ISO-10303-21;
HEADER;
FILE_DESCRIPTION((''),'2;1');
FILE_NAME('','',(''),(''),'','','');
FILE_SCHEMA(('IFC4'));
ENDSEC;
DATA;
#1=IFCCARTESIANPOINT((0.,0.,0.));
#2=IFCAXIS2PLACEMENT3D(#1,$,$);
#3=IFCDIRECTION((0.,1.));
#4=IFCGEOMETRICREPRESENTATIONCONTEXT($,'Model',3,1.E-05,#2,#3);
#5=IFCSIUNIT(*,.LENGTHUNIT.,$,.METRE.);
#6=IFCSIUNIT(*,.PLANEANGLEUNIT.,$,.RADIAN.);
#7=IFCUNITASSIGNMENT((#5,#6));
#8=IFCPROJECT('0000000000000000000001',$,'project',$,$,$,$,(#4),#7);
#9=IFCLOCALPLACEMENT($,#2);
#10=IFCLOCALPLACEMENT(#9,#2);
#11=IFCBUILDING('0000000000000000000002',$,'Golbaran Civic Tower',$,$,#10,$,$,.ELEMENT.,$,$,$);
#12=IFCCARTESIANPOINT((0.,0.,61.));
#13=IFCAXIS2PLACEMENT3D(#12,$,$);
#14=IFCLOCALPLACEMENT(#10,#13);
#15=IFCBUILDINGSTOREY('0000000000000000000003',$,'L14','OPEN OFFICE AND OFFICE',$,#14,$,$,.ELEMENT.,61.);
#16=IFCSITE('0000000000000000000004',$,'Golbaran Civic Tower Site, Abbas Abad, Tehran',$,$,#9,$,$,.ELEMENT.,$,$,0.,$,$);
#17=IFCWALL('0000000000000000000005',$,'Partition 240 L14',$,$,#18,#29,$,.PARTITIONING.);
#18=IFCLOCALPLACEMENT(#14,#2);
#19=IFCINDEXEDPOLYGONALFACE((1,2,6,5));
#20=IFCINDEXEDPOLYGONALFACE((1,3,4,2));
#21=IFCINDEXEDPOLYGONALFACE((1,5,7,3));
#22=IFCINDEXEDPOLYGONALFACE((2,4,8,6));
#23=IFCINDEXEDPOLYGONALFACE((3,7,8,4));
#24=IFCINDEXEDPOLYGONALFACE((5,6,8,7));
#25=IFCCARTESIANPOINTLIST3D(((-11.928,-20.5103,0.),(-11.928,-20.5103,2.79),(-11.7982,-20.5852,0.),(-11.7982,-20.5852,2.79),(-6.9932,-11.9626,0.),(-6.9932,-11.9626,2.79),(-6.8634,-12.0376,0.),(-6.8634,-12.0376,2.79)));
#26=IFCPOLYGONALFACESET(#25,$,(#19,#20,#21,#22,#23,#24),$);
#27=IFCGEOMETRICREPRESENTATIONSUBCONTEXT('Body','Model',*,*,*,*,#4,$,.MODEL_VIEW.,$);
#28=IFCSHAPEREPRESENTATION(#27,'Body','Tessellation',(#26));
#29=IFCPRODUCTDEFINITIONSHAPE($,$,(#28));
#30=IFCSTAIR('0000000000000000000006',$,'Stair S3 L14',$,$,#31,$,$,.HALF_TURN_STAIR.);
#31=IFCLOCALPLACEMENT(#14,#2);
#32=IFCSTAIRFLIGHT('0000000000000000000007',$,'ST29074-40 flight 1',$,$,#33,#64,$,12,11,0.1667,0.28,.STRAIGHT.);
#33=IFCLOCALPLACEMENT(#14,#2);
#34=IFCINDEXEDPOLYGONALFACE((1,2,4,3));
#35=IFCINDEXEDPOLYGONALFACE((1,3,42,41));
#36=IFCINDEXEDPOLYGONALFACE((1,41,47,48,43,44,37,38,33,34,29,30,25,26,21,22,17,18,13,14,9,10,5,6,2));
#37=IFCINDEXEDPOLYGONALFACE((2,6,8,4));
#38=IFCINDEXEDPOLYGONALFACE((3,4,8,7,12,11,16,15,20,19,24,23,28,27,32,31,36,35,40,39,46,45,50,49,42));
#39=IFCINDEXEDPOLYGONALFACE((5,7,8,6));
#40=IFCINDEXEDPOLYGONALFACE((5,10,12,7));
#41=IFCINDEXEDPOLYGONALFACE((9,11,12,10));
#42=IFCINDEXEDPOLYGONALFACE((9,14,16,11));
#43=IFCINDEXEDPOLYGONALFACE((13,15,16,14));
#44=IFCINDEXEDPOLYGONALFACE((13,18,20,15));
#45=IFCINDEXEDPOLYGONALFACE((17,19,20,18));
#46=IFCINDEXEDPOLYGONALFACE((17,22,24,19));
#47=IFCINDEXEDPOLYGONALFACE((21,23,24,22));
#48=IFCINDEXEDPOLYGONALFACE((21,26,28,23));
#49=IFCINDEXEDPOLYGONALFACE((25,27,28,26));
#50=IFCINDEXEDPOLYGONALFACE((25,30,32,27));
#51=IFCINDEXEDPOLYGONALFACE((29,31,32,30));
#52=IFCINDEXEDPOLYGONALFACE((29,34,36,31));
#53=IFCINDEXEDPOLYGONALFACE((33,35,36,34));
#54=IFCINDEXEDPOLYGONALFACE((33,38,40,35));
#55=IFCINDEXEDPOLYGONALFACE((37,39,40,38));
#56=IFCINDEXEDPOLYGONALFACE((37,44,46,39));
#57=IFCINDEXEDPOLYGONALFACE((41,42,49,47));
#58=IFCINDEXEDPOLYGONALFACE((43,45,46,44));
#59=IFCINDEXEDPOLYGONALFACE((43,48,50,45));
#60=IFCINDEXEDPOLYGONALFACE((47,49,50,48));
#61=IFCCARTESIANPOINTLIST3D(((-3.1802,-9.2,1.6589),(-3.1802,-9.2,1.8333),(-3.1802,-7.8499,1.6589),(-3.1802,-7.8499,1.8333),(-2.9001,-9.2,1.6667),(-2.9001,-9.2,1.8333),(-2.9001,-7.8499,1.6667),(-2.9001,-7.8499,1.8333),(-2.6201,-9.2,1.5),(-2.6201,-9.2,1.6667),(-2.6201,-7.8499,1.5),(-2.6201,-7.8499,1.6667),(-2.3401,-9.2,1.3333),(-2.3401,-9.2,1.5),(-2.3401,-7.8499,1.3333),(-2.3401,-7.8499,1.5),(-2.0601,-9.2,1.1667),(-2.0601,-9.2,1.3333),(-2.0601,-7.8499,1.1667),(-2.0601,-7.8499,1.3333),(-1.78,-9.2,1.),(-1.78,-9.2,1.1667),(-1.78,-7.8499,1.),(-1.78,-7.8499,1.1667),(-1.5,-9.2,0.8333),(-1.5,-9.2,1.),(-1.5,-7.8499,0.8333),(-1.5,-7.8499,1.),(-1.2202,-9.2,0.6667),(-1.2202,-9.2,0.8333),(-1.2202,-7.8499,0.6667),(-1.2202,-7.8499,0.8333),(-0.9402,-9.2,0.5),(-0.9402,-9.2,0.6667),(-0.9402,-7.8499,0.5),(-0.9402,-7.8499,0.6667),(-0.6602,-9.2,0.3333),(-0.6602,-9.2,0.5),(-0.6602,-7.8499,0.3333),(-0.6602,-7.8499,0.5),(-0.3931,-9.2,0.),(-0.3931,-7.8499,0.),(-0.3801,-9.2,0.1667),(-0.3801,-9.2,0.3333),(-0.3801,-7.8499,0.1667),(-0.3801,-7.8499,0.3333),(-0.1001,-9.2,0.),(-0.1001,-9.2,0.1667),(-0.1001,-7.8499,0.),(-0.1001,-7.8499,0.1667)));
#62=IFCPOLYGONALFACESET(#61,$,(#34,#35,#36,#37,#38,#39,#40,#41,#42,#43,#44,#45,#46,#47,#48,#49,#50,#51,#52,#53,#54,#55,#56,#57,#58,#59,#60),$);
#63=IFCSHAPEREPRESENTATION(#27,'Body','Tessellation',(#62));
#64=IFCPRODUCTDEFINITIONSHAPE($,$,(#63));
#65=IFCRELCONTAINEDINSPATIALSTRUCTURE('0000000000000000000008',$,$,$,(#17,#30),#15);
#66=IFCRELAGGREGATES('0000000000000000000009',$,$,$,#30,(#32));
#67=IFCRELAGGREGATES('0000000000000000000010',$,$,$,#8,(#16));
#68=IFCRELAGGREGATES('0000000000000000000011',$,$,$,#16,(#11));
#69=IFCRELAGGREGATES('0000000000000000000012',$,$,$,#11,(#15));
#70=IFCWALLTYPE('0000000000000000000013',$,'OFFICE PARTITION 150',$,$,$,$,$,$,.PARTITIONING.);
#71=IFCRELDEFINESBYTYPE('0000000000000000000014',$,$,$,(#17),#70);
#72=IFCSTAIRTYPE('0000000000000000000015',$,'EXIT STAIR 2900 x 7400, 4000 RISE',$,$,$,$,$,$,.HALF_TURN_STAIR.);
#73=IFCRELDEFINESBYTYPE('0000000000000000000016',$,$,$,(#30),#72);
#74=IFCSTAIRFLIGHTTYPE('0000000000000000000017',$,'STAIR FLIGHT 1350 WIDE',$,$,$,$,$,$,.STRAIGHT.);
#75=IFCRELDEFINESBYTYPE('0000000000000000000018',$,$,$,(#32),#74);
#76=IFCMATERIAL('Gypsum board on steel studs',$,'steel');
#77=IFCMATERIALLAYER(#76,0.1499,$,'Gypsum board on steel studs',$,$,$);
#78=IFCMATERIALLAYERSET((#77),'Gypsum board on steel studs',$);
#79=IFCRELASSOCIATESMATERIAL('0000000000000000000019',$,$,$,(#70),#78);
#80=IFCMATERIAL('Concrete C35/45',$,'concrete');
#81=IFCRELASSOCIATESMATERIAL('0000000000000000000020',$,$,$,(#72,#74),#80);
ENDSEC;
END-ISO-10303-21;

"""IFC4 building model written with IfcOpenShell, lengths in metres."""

from ifc_helpers import new_model, si_unit, direction, frame, frame_2d, origin, place, context, subcontext, project, spatial, polyline, rectangle, outline, extrude, material, layer, layer_set, type_object, element, aggregate, save


model = new_model("IFC4")

# Units and contexts
model_context = context("Model", 3, precision=1e-05, world=origin(), true_north=direction((0.0, 1.0)))
body_context = subcontext(model_context, "Body", "Model", "MODEL_VIEW")
ifc_project = project(units=[si_unit("LENGTHUNIT", "METRE"), si_unit("PLANEANGLEUNIT", "RADIAN")], contexts=[model_context])

# Site, building, storey
site_placement = place(None, origin())
site = spatial("IfcSite", under=ifc_project, at=site_placement, Name="Golbaran Civic Tower Site, Abbas Abad, Tehran", CompositionType="ELEMENT", RefElevation=0.0)
building_placement = place(site_placement, origin())
building = spatial("IfcBuilding", under=site, at=building_placement, Name="Golbaran Civic Tower", CompositionType="ELEMENT")
storey_placement = place(building_placement, frame((0.0, 0.0, 61.0)))
storey = spatial("IfcBuildingStorey", under=building, at=storey_placement, Name="L14", Description="OPEN OFFICE AND OFFICE", CompositionType="ELEMENT", Elevation=61.0)

# Wall
ifc_material_1 = material(Name="Gypsum board on steel studs", Category="steel")
ifc_layer_1 = layer(ifc_material_1, 0.1499, Name="Gypsum board on steel studs")
ifc_layer_set_1 = layer_set([ifc_layer_1], Name="Gypsum board on steel studs")
wall_type_1 = type_object("IfcWallType", Name="OFFICE PARTITION 150", PredefinedType="PARTITIONING", material=ifc_layer_set_1)
wall_1_placement = place(storey_placement, frame((-6.9282, -12.0, 0.0), z_axis=(0.0, 0.0, 1.0), x_axis=(-0.499989, -0.866032, 0.0)))
element("IfcWall", 1, at=wall_1_placement, inside=storey, type_object=wall_type_1, Name="Partition 240 L14", PredefinedType="PARTITIONING", context=body_context, shape_type="SweptSolid", body=[
    extrude(rectangle(XDim=9.8699, YDim=0.1499, at=frame_2d((4.9351, 0.0))), origin(), (0.0, 0.0, 1.0), 2.79),
])

# Stair, stair flight
ifc_material_2 = material(Name="Concrete C35/45", Category="concrete")
stair_type = type_object("IfcStairType", Name="EXIT STAIR 2900 x 7400, 4000 RISE", PredefinedType="HALF_TURN_STAIR", material=ifc_material_2)
stair_placement = place(storey_placement, origin())
stair = element("IfcStair", 2, at=stair_placement, inside=storey, type_object=stair_type, Name="Stair S3 L14", PredefinedType="HALF_TURN_STAIR")
stair_flight_type = type_object("IfcStairFlightType", Name="STAIR FLIGHT 1350 WIDE", PredefinedType="STRAIGHT", material=ifc_material_2)
stair_flight_placement = place(storey_placement, frame((-0.1001, -8.5249, 0.0), z_axis=(0.0, 0.0, 1.0), x_axis=(-1.0, 0.0, 0.0)))
stair_flight = element("IfcStairFlight", 3, at=stair_flight_placement, type_object=stair_flight_type, Name="ST29074-40 flight 1", NumberOfRisers=12, NumberOfTreads=11, PredefinedType="STRAIGHT", RiserHeight=0.1667, TreadLength=0.28, context=body_context, shape_type="SweptSolid", body=[
    extrude(outline(polyline([(0.0, 0.0), (0.0, 0.1667), (0.28, 0.1667), (0.28, 0.3333), (0.5601, 0.3333), (0.5601, 0.5), (0.8401, 0.5), (0.8401, 0.6667), (1.1201, 0.6667), (1.1201, 0.8333), (1.3999, 0.8333), (1.3999, 1.0), (1.6799, 1.0), (1.6799, 1.1667), (1.96, 1.1667), (1.96, 1.3333), (2.24, 1.3333), (2.24, 1.5), (2.52, 1.5), (2.52, 1.6667), (2.8, 1.6667), (2.8, 1.8333), (3.0801, 1.8333), (3.0801, 2.0), (3.0801, 1.6589), (0.293, 0.0), (0.0, 0.0)])), frame((0.0, 0.675, 0.0), z_axis=(0.0, -1.0, 0.0), x_axis=(1.0, 0.0, 0.0)), (0.0, 0.0, 1.0), 1.3501),
])
aggregate(stair, [stair_flight])

save(model, "model.ifc")
